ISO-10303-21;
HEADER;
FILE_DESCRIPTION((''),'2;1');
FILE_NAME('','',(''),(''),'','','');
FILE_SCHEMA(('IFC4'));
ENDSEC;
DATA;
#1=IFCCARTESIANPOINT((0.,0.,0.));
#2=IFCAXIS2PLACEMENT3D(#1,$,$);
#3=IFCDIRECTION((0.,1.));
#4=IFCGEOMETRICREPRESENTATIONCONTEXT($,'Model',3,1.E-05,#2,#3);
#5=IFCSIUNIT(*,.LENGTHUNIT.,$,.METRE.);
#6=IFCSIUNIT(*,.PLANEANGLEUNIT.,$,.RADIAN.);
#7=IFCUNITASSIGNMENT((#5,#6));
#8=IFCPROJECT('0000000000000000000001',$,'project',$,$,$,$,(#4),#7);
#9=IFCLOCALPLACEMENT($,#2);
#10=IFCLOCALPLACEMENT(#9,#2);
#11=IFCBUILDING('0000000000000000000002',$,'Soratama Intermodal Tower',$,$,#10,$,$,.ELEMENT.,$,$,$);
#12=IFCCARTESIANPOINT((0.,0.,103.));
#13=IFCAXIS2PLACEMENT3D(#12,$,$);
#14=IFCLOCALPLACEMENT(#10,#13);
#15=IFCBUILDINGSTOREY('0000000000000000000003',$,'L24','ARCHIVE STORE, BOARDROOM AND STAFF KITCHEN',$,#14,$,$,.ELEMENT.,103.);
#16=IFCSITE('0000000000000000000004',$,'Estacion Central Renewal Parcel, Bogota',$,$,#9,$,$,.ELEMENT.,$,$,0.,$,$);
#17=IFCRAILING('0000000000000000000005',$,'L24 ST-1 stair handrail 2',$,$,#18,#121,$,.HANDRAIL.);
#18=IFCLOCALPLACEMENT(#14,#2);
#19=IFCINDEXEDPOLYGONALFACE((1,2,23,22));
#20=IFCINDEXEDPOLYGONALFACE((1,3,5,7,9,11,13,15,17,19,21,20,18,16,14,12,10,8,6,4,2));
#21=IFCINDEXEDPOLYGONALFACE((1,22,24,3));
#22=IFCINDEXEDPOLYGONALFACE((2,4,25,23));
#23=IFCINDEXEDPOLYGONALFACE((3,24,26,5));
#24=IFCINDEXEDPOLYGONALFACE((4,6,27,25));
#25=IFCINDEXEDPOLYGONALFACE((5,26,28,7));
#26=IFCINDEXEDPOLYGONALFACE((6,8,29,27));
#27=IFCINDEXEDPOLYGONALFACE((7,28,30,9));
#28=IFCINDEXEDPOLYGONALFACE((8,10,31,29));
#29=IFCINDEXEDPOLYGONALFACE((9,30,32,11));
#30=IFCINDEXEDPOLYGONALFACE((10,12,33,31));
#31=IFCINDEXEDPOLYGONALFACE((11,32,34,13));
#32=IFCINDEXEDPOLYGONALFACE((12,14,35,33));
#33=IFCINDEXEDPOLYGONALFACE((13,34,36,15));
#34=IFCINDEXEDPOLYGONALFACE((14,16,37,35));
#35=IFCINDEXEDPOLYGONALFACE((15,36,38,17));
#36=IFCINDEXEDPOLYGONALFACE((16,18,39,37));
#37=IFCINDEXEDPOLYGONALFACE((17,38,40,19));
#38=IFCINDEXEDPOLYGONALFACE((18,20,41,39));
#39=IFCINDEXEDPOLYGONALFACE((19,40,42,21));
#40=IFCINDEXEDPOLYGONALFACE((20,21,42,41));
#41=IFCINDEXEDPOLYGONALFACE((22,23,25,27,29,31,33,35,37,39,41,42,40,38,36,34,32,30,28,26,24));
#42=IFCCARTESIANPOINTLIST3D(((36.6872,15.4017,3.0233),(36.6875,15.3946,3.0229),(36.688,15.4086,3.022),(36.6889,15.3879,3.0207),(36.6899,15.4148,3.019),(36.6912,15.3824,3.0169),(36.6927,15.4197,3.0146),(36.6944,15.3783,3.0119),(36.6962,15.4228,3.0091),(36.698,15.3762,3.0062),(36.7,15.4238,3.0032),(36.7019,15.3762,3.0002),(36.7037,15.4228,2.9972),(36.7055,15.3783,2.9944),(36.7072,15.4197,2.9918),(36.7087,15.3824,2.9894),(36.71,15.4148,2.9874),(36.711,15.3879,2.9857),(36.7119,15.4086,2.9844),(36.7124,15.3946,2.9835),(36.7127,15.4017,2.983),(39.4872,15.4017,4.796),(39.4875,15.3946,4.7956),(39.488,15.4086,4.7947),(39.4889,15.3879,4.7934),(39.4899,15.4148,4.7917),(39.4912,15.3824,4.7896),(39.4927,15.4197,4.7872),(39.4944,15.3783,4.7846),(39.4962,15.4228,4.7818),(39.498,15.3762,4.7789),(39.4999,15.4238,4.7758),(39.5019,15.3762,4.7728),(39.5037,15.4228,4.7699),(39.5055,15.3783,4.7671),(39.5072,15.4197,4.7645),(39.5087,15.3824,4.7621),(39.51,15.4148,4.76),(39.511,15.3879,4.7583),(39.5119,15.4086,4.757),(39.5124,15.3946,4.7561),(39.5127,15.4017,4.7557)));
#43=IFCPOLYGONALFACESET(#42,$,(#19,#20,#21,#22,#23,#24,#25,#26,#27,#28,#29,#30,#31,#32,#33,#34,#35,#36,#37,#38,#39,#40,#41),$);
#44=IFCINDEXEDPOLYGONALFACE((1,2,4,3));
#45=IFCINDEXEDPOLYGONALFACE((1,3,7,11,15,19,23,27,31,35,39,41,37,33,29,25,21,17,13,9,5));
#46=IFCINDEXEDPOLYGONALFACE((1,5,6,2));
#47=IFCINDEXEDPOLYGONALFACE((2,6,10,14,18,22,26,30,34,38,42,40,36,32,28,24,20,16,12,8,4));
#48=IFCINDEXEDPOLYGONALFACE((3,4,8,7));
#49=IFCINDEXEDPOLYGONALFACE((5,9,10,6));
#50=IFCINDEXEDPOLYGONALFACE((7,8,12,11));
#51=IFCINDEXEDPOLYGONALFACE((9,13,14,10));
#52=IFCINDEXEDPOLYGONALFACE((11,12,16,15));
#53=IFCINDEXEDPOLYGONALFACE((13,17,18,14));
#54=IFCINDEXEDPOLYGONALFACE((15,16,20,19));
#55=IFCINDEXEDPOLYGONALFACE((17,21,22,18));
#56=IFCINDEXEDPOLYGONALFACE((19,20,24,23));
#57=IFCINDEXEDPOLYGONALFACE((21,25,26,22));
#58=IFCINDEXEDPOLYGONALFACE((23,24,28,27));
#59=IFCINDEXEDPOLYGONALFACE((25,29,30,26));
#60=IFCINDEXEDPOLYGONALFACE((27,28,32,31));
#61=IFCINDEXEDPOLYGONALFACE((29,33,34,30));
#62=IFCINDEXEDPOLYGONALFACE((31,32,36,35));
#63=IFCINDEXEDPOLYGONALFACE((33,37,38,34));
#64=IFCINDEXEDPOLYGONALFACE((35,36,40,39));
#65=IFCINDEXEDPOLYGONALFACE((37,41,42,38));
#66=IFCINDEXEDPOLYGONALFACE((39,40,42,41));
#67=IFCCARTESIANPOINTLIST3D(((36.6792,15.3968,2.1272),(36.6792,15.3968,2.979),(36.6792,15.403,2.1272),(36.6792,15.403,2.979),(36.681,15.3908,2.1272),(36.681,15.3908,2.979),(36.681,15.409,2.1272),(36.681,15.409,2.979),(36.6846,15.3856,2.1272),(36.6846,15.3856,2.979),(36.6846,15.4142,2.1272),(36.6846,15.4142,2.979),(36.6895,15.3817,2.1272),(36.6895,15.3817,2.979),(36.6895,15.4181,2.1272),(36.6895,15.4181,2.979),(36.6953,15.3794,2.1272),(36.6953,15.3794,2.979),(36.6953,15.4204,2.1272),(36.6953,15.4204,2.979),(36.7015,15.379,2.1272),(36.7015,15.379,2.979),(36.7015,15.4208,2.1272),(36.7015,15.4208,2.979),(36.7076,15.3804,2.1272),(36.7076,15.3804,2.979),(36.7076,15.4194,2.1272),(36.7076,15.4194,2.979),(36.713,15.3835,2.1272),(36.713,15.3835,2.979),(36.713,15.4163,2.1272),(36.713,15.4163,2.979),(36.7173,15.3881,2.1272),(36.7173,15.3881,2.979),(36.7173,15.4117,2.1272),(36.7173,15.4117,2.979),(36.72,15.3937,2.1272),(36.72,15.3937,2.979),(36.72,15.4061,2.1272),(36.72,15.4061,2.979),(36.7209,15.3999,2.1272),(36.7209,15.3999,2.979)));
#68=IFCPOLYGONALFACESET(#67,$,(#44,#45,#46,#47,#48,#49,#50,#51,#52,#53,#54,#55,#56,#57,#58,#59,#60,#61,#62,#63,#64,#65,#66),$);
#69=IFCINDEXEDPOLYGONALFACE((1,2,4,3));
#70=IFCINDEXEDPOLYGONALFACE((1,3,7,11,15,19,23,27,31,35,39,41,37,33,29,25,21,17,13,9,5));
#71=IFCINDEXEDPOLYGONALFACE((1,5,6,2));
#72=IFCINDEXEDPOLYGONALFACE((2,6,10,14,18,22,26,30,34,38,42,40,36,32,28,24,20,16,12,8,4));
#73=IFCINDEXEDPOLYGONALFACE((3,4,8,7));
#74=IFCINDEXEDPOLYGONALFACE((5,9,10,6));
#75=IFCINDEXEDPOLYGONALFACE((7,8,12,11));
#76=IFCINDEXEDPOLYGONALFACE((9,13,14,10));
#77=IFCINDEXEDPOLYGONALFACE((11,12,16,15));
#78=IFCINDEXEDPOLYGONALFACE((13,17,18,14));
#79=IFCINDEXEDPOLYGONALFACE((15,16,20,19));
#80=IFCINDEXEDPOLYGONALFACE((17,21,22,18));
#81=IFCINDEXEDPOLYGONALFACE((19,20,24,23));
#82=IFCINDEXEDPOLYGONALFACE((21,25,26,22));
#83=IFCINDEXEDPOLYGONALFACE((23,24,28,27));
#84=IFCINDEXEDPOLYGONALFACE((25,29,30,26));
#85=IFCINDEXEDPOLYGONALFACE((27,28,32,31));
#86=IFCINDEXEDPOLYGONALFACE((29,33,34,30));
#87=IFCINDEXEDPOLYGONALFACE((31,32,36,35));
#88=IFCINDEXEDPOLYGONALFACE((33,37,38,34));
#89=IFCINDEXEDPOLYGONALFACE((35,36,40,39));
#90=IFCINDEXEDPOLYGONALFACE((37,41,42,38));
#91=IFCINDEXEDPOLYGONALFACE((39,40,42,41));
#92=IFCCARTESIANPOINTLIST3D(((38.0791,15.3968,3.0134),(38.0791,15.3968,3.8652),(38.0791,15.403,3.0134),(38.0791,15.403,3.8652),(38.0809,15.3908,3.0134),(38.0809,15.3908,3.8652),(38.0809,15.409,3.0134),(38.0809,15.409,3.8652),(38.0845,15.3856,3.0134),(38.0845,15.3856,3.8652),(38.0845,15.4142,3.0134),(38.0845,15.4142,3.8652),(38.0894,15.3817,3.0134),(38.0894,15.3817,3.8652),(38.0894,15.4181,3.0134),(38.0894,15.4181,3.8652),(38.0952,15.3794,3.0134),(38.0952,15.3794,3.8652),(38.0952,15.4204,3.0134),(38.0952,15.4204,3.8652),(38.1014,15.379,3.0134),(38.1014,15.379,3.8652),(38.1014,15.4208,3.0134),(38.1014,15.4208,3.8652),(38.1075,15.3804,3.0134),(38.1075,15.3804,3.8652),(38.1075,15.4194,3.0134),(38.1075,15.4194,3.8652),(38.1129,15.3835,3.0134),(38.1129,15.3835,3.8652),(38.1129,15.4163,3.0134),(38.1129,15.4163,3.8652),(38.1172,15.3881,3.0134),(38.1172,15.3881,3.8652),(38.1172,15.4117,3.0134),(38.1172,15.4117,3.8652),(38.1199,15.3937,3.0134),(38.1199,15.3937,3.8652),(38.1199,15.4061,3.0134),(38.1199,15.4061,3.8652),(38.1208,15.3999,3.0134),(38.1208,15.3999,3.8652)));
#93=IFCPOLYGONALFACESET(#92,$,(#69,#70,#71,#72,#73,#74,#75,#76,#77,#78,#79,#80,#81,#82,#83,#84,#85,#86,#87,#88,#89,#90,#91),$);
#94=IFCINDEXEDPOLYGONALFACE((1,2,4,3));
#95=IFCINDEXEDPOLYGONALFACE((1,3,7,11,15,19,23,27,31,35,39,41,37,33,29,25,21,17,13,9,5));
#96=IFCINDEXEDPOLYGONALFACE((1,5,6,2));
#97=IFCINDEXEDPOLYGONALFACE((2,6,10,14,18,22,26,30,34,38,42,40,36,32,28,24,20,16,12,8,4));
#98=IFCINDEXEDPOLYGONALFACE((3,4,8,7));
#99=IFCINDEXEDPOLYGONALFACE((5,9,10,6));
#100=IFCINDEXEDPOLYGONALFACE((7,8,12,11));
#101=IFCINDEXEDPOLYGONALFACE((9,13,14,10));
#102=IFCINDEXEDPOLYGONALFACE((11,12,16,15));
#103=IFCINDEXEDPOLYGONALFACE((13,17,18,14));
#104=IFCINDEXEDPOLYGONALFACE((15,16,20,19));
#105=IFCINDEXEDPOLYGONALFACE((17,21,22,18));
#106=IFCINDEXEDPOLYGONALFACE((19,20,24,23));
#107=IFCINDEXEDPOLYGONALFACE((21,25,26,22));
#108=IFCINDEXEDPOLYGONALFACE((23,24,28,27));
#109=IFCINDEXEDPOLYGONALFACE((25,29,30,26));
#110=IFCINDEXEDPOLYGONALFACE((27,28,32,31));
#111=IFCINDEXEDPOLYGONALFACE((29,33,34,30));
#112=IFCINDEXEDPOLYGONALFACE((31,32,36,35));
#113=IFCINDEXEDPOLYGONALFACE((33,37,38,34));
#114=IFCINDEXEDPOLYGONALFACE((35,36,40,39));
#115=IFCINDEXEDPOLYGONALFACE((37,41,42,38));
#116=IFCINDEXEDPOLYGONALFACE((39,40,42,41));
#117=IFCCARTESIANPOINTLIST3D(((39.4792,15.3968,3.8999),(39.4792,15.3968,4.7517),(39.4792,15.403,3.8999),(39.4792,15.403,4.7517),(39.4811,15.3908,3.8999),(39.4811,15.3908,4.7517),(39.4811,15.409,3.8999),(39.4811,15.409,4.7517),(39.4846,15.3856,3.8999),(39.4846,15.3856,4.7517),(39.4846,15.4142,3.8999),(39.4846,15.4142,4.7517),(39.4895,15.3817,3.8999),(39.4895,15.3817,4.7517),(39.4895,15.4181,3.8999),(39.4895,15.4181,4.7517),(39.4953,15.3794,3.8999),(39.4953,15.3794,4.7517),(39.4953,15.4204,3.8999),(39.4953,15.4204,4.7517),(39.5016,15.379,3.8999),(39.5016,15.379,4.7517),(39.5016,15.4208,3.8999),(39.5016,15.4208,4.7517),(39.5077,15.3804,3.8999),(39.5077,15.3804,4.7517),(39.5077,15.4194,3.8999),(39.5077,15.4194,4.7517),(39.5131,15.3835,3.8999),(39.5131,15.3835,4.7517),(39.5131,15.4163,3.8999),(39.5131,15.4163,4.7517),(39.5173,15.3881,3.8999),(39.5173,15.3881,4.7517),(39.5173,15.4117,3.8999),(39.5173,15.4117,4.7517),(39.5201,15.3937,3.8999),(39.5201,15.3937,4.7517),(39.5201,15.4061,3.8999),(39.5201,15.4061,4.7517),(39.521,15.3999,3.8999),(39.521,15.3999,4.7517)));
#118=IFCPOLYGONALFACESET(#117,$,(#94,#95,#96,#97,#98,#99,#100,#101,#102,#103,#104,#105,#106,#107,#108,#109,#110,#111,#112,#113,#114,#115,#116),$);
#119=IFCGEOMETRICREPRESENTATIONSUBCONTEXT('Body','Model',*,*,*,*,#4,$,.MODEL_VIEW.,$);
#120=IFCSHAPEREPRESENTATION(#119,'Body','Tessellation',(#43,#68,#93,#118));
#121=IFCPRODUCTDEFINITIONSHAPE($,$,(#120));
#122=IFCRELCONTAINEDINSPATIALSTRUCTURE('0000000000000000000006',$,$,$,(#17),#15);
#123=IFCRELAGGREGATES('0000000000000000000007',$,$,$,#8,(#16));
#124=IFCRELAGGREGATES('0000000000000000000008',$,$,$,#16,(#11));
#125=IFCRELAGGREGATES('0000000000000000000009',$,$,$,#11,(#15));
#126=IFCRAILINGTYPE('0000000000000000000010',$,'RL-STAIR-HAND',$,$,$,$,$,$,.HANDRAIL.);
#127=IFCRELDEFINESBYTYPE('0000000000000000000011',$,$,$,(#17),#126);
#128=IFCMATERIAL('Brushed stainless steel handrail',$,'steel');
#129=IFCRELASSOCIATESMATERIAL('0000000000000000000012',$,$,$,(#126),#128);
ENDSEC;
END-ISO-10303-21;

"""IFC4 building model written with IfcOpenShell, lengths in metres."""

from ifc_helpers import new_model, si_unit, direction, frame, origin, origin_2d, place, context, subcontext, project, spatial, circle, extrude, material, type_object, element, save


model = new_model("IFC4")

# Units and contexts
model_context = context("Model", 3, precision=1e-05, world=origin(), true_north=direction((0.0, 1.0)))
body_context = subcontext(model_context, "Body", "Model", "MODEL_VIEW")
ifc_project = project(units=[si_unit("LENGTHUNIT", "METRE"), si_unit("PLANEANGLEUNIT", "RADIAN")], contexts=[model_context])

# Site, building, storey
site_placement = place(None, origin())
site = spatial("IfcSite", under=ifc_project, at=site_placement, Name="Estacion Central Renewal Parcel, Bogota", CompositionType="ELEMENT", RefElevation=0.0)
building_placement = place(site_placement, origin())
building = spatial("IfcBuilding", under=site, at=building_placement, Name="Soratama Intermodal Tower", CompositionType="ELEMENT")
storey_placement = place(building_placement, frame((0.0, 0.0, 103.0)))
storey = spatial("IfcBuildingStorey", under=building, at=storey_placement, Name="L24", Description="ARCHIVE STORE, BOARDROOM AND STAFF KITCHEN", CompositionType="ELEMENT", Elevation=103.0)

# Railing
ifc_material_1 = material(Name="Brushed stainless steel handrail", Category="steel")
railing_type_1 = type_object("IfcRailingType", Name="RL-STAIR-HAND", PredefinedType="HANDRAIL", material=ifc_material_1)
railing_1_placement = place(storey_placement, frame((36.7, 15.3999, 2.1272)))
element("IfcRailing", 1, at=railing_1_placement, inside=storey, type_object=railing_type_1, Name="L24 ST-1 stair handrail 2", PredefinedType="HANDRAIL", context=body_context, shape_type="SweptSolid", body=[
    extrude(circle(Radius=0.0239, at=origin_2d()), frame((0.0, 0.0, 0.876), z_axis=(0.844909, 0.0, 0.53491), x_axis=(0.0, 1.0, 0.0)), (0.0, 0.0, 1.0), 3.314),
    extrude(circle(Radius=0.021, at=origin_2d()), origin(), (0.0, 0.0, 1.0), 0.8518),
    extrude(circle(Radius=0.021, at=origin_2d()), frame((1.3999, 0.0, 0.8862)), (0.0, 0.0, 1.0), 0.8518),
    extrude(circle(Radius=0.021, at=origin_2d()), frame((2.8, 0.0, 1.7727)), (0.0, 0.0, 1.0), 0.8518),
])

save(model, "model.ifc")
